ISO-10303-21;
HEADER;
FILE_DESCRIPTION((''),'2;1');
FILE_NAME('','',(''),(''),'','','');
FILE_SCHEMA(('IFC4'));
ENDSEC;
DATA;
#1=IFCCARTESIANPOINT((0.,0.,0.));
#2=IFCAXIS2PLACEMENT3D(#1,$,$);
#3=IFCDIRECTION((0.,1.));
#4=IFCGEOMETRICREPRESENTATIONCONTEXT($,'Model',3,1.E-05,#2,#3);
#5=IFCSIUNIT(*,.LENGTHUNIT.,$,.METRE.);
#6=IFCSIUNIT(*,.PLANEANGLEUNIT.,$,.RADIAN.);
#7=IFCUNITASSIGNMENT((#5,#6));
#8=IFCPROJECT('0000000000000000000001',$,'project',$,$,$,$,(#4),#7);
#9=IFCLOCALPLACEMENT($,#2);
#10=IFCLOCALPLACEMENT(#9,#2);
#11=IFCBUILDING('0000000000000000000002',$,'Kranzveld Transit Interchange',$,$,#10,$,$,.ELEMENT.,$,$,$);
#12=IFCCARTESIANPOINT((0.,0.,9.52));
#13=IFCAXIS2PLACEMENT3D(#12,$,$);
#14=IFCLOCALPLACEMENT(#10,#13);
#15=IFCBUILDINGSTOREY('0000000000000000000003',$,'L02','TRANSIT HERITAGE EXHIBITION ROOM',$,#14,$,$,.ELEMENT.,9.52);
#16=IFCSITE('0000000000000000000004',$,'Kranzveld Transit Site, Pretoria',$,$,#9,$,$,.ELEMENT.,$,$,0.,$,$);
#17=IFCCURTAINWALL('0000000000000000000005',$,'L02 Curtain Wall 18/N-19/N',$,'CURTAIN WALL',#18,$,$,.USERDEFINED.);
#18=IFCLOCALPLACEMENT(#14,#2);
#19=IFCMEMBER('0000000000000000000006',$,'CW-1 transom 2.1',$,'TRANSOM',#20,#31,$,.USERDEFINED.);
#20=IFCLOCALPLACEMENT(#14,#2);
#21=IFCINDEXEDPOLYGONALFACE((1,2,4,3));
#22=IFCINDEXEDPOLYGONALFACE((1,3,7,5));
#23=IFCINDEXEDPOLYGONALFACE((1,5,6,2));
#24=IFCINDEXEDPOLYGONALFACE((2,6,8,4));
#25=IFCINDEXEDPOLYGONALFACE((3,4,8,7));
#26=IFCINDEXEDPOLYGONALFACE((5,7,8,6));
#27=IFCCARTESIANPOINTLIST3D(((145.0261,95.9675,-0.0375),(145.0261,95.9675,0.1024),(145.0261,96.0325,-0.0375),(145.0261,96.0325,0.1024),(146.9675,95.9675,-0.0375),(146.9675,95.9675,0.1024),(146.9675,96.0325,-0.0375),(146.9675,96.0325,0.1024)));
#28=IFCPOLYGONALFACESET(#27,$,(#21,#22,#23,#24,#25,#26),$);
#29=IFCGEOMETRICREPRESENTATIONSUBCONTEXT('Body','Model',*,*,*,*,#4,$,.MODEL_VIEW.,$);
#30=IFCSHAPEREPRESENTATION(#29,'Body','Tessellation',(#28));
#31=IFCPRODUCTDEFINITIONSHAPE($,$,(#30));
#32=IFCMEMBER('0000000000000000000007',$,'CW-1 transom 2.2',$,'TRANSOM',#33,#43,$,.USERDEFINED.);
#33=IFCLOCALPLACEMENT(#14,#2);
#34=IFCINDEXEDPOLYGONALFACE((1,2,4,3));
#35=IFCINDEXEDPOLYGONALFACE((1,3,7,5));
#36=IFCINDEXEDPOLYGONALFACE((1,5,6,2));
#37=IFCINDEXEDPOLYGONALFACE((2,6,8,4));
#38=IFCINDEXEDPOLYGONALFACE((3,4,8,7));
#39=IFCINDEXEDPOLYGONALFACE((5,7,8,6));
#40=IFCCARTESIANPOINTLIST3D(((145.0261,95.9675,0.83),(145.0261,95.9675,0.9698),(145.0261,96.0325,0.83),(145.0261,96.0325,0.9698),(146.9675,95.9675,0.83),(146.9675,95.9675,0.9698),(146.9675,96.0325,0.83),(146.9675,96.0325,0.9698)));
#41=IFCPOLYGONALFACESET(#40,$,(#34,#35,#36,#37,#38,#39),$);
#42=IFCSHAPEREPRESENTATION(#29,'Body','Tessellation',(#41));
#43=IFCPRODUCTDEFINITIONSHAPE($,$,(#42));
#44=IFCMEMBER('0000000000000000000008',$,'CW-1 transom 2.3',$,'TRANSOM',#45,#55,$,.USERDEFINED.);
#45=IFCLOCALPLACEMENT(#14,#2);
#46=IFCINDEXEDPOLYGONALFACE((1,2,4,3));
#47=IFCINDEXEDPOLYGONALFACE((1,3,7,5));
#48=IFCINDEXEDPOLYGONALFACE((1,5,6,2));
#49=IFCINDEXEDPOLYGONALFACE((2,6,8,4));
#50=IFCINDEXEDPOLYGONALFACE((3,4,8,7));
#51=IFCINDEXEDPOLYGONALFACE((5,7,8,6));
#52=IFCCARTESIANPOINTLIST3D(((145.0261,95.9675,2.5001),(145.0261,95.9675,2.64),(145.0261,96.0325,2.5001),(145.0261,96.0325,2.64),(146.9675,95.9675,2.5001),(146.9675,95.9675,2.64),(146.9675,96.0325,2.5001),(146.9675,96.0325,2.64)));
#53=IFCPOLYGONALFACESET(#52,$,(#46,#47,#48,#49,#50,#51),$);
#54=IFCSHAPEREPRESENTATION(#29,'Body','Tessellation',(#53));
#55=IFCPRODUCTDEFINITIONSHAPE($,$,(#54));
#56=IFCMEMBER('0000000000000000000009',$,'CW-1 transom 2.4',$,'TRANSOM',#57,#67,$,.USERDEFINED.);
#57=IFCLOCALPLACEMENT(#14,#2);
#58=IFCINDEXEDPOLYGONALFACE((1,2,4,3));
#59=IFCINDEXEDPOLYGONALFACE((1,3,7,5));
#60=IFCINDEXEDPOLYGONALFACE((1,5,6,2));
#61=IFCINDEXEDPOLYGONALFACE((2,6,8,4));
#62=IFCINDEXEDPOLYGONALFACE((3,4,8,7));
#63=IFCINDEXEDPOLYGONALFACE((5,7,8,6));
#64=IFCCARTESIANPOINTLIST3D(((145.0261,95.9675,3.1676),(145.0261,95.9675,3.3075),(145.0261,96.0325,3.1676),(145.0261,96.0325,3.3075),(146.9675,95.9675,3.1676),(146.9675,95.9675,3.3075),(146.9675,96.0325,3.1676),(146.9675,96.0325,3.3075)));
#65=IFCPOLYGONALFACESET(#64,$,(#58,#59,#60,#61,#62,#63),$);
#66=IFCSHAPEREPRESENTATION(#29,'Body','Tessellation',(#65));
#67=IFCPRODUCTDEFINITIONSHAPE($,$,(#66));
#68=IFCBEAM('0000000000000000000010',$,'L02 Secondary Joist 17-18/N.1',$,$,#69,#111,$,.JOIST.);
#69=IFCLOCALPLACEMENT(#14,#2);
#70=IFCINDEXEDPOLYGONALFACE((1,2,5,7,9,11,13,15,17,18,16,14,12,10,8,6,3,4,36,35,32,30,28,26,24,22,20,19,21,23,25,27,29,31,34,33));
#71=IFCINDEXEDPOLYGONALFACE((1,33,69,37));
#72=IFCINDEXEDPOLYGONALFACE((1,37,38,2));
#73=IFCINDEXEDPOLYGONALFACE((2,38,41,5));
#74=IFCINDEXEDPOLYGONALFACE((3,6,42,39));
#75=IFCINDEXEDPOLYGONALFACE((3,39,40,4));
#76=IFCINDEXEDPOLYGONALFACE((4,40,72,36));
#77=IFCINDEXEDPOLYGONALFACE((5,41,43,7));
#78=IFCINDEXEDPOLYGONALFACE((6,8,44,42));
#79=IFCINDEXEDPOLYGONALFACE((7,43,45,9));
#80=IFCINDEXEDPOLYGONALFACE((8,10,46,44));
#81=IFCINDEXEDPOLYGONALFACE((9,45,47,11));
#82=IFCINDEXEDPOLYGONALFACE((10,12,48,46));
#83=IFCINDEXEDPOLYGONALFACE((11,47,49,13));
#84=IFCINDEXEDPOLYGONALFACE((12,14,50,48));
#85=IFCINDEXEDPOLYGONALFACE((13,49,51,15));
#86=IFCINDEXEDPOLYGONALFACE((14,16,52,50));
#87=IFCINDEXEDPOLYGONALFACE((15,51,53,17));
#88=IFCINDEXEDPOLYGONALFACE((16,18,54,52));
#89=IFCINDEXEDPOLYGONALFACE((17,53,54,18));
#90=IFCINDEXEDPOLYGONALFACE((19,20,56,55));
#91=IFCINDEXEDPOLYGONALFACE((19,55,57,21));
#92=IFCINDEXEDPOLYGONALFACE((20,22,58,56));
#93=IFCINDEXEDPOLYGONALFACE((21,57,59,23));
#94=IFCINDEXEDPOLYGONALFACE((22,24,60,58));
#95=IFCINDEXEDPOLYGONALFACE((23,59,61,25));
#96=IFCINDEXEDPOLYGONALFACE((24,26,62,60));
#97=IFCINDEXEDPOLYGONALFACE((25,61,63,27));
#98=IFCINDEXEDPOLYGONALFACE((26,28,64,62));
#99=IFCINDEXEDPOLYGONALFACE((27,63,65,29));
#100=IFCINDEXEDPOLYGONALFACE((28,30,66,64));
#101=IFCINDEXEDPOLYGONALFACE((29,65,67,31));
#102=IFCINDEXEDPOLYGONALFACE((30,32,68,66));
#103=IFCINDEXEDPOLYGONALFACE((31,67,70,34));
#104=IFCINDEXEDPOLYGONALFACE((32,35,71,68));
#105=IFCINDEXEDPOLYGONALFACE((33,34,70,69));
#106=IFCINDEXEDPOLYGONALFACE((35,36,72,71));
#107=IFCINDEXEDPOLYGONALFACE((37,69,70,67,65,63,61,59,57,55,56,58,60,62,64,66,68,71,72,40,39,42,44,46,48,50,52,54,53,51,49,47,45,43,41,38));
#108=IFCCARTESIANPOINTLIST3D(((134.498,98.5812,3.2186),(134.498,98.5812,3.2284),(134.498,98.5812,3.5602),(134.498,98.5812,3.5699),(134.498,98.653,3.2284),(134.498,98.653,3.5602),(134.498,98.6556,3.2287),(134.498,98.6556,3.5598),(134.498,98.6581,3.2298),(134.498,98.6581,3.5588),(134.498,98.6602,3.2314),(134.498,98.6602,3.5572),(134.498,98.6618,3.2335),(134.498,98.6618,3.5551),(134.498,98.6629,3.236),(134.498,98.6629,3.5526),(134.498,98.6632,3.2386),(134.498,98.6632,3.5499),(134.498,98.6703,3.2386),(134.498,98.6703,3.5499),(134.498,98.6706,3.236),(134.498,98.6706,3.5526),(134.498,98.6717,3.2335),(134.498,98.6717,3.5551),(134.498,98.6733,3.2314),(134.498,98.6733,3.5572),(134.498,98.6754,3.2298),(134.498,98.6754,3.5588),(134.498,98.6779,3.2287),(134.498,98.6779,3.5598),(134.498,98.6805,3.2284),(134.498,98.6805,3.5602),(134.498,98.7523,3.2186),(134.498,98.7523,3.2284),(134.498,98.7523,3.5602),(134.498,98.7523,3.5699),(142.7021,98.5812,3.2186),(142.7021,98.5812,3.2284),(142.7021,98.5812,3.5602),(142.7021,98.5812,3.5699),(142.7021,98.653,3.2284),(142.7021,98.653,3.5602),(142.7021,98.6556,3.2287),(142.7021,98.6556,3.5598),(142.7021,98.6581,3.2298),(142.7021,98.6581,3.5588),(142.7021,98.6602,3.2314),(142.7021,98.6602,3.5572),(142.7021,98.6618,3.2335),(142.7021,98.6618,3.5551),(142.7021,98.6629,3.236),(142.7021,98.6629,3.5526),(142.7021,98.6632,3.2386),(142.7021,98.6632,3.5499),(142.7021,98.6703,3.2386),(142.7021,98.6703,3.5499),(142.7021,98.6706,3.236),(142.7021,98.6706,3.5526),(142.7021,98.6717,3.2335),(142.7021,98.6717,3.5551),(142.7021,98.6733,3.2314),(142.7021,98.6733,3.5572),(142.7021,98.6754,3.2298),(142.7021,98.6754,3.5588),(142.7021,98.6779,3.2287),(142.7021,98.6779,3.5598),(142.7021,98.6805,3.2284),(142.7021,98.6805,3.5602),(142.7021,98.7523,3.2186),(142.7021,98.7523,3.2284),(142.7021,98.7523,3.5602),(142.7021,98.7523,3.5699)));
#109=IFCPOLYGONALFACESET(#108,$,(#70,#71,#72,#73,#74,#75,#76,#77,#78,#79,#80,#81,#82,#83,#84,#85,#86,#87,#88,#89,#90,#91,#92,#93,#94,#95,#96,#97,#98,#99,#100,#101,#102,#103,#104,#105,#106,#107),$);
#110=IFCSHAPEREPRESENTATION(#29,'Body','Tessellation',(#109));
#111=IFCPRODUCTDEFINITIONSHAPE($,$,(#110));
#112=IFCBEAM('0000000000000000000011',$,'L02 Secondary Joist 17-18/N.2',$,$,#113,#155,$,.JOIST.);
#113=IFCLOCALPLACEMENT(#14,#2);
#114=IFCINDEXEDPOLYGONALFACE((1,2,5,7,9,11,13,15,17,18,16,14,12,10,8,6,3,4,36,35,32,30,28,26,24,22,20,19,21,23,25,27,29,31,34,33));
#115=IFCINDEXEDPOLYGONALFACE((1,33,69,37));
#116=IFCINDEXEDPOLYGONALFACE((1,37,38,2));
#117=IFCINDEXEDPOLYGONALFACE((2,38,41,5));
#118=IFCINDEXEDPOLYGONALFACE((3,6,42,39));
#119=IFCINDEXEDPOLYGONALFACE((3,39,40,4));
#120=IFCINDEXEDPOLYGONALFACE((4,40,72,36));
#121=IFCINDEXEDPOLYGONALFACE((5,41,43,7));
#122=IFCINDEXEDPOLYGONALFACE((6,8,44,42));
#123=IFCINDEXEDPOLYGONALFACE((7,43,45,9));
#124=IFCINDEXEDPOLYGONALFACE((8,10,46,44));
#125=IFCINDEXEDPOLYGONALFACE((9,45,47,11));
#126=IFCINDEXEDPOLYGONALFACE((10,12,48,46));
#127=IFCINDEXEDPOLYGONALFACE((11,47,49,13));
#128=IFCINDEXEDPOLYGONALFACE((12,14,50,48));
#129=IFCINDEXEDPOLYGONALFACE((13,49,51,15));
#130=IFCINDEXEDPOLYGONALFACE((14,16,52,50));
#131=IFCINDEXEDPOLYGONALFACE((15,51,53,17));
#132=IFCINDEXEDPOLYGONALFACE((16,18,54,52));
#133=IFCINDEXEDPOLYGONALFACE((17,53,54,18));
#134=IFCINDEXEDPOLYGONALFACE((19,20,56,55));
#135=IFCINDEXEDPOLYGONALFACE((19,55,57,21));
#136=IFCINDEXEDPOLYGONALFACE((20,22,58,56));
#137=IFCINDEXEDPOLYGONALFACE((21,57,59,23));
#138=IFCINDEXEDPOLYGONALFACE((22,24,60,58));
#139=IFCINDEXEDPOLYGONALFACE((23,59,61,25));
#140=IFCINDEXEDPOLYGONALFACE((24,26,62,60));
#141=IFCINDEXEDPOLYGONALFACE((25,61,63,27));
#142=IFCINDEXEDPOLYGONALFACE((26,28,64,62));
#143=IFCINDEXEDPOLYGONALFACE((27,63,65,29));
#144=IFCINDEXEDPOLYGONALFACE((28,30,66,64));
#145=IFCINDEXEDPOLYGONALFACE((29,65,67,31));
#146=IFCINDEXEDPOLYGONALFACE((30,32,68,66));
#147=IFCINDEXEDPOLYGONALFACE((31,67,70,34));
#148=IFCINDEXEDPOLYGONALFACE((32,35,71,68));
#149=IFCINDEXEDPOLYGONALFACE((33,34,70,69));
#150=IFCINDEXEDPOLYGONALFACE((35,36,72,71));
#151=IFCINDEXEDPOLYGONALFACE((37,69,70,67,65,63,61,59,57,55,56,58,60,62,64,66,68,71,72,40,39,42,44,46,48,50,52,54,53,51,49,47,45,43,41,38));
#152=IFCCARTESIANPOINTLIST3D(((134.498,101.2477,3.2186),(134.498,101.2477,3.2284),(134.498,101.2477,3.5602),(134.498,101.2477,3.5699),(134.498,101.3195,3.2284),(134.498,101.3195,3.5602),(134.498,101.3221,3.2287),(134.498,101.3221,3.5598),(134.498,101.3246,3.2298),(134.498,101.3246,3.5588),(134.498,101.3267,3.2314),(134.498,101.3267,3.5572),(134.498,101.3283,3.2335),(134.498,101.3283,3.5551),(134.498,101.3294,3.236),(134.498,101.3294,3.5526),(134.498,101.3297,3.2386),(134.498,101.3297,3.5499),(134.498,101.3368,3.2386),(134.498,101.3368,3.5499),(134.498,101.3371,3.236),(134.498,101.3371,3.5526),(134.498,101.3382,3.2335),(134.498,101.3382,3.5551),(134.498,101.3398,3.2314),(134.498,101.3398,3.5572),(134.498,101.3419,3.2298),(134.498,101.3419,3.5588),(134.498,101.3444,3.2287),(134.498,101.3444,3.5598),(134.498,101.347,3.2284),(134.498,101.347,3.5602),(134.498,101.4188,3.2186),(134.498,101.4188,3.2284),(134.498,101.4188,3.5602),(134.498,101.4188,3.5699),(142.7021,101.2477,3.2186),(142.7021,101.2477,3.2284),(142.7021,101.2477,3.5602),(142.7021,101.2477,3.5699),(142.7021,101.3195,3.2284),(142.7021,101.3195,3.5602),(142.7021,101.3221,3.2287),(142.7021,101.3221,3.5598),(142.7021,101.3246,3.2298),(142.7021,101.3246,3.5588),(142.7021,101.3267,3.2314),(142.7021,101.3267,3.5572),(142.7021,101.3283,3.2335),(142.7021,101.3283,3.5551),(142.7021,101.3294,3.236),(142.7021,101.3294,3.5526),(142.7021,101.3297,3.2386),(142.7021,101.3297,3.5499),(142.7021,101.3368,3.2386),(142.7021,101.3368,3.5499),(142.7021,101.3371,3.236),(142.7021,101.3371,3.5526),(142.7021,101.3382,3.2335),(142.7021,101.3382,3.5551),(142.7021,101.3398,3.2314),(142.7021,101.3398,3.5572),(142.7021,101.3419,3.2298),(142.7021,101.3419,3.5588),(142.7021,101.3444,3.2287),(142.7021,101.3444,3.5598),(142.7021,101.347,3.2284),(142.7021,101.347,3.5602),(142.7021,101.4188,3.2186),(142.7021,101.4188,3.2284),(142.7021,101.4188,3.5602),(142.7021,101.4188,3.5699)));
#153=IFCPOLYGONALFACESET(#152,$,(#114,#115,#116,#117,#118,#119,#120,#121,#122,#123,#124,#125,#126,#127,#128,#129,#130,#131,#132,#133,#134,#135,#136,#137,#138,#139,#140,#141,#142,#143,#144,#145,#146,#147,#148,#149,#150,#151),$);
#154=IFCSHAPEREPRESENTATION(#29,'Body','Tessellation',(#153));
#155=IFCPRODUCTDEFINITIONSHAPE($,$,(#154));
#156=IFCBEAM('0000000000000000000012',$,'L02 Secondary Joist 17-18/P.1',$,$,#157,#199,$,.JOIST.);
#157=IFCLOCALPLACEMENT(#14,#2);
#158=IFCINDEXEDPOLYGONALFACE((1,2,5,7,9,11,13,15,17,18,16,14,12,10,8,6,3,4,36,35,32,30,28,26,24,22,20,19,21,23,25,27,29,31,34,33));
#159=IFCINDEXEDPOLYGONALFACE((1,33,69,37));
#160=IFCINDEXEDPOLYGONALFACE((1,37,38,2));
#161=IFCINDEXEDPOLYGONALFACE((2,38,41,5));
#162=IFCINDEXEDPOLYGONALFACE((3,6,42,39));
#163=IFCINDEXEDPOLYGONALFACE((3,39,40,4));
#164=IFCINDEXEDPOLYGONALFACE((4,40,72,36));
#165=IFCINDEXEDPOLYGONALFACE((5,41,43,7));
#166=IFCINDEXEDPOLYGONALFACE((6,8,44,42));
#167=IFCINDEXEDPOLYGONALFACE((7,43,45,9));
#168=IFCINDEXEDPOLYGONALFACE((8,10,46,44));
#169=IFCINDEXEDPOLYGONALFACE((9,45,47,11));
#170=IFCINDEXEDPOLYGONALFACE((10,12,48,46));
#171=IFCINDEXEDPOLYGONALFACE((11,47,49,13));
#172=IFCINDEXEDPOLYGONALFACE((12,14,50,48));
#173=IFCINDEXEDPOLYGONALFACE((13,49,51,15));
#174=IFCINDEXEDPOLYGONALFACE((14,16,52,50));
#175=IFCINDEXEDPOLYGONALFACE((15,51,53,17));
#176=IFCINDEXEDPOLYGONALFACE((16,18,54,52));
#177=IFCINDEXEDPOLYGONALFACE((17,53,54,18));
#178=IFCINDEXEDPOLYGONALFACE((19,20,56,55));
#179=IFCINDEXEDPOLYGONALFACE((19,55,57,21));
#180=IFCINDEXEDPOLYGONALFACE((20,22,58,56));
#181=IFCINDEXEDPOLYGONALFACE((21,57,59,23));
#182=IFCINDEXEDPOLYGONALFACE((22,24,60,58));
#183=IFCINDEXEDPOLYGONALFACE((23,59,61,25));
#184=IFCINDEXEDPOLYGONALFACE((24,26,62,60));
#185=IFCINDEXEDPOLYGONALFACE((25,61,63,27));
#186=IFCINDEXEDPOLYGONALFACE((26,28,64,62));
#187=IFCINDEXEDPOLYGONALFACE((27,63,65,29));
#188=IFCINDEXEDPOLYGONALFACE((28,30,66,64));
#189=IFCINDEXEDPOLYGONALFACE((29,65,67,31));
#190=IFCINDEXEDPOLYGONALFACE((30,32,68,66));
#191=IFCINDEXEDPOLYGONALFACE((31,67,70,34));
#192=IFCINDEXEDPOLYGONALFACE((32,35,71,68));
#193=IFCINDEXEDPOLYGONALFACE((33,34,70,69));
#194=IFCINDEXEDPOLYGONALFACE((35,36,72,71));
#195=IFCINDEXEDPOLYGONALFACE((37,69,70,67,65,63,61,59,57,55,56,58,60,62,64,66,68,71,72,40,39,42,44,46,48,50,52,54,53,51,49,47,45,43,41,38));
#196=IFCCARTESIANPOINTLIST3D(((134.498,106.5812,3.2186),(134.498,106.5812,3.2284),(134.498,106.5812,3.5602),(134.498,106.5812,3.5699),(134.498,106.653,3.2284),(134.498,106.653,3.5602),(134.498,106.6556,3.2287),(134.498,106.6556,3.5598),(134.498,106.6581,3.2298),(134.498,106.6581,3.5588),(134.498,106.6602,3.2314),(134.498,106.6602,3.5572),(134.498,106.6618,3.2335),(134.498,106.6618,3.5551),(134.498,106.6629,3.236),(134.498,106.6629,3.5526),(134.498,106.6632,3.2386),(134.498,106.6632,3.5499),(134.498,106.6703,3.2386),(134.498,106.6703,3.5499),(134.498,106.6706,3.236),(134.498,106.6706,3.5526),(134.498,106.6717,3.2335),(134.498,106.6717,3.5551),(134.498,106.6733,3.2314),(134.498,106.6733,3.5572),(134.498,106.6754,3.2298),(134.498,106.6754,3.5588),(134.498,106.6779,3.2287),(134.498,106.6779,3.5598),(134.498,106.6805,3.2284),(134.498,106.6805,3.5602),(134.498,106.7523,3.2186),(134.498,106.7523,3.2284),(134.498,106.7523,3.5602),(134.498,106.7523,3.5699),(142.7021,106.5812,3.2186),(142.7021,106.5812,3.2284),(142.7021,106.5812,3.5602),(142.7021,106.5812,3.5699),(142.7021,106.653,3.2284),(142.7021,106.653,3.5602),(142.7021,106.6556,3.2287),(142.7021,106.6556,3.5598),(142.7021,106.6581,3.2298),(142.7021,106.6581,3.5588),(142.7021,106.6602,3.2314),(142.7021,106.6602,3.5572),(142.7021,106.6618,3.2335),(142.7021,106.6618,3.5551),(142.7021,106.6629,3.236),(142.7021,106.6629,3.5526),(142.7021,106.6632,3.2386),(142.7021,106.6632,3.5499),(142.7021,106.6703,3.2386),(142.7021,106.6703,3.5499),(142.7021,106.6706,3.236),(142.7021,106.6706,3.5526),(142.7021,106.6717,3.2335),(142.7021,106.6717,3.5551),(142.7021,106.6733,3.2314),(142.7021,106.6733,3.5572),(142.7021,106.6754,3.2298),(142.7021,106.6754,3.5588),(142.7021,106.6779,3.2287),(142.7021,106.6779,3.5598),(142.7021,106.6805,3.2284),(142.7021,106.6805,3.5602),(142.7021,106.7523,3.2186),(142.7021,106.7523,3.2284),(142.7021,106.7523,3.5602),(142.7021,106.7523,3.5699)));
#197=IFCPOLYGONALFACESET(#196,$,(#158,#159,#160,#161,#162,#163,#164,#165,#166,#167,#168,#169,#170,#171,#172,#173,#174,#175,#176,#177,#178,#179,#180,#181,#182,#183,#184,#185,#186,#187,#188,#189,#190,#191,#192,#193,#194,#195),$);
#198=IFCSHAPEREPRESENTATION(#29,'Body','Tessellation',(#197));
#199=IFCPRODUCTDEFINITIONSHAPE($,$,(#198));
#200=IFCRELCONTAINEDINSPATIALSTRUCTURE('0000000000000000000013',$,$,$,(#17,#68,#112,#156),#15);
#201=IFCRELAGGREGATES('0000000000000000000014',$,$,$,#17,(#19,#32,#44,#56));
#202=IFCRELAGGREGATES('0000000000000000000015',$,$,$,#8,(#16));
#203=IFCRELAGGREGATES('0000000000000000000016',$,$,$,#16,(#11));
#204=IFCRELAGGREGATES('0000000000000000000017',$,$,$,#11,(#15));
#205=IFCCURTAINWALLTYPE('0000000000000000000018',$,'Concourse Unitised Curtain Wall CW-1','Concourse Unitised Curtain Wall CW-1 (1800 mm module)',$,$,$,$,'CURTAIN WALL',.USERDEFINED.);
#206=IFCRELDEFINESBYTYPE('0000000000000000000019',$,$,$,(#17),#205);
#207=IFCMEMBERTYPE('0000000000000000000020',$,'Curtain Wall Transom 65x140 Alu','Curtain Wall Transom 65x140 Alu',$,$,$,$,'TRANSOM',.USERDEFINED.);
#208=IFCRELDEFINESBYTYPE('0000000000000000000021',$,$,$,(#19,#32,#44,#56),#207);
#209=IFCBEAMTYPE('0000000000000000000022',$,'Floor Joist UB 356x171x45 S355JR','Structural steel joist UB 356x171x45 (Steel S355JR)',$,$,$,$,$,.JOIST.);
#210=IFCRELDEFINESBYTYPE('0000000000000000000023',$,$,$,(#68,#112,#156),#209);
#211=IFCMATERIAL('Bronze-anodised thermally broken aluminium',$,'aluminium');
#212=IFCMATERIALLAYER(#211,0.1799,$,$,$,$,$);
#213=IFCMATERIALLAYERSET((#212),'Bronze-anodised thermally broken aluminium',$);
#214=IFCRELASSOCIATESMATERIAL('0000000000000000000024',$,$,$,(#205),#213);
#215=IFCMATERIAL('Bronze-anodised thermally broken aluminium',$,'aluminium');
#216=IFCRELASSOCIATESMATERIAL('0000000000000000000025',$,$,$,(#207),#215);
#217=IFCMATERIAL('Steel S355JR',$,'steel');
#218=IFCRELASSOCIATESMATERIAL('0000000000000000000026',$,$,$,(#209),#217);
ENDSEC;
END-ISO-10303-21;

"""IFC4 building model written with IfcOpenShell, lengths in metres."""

from ifc_helpers import new_model, si_unit, direction, frame, origin, origin_2d, place, context, subcontext, project, spatial, rectangle, i_section, extrude, material, layer, layer_set, material_profile, profile_set, type_object, element, aggregate, save


model = new_model("IFC4")

# Units and contexts
model_context = context("Model", 3, precision=1e-05, world=origin(), true_north=direction((0.0, 1.0)))
body_context = subcontext(model_context, "Body", "Model", "MODEL_VIEW")
ifc_project = project(units=[si_unit("LENGTHUNIT", "METRE"), si_unit("PLANEANGLEUNIT", "RADIAN")], contexts=[model_context])

# Site, building, storey
site_placement = place(None, origin())
site = spatial("IfcSite", under=ifc_project, at=site_placement, Name="Kranzveld Transit Site, Pretoria", CompositionType="ELEMENT", RefElevation=0.0)
building_placement = place(site_placement, origin())
building = spatial("IfcBuilding", under=site, at=building_placement, Name="Kranzveld Transit Interchange", CompositionType="ELEMENT")
storey_placement = place(building_placement, frame((0.0, 0.0, 9.52)))
storey = spatial("IfcBuildingStorey", under=building, at=storey_placement, Name="L02", Description="TRANSIT HERITAGE EXHIBITION ROOM", CompositionType="ELEMENT", Elevation=9.52)

# Curtain wall
ifc_material_1 = material(Name="Bronze-anodised thermally broken aluminium", Category="aluminium")
ifc_layer_1 = layer(ifc_material_1, 0.1799)
ifc_layer_set_1 = layer_set([ifc_layer_1], Name="Bronze-anodised thermally broken aluminium")
curtain_wall_type_1 = type_object("IfcCurtainWallType", Name="Concourse Unitised Curtain Wall CW-1", Description="Concourse Unitised Curtain Wall CW-1 (1800 mm module)", ElementType="CURTAIN WALL", PredefinedType="USERDEFINED", material=ifc_layer_set_1)
curtain_wall_1_placement = place(storey_placement, origin())
curtain_wall_1 = element("IfcCurtainWall", 1, at=curtain_wall_1_placement, inside=storey, type_object=curtain_wall_type_1, Name="L02 Curtain Wall 18/N-19/N", ObjectType="CURTAIN WALL", PredefinedType="USERDEFINED")

# Members
ifc_material_2 = material(Name="Bronze-anodised thermally broken aluminium", Category="aluminium")
ifc_material_profile_1 = material_profile(ifc_material_2, rectangle(XDim=0.0649, YDim=0.1399, at=origin_2d()), Name="ALU TRANSOM 65x140")
ifc_profile_set_1 = profile_set([ifc_material_profile_1], Name="Bronze-anodised thermally broken aluminium")
member_type_1 = type_object("IfcMemberType", Name="Curtain Wall Transom 65x140 Alu", Description="Curtain Wall Transom 65x140 Alu", ElementType="TRANSOM", PredefinedType="USERDEFINED", material=ifc_profile_set_1)
member_1_placement = place(storey_placement, frame((145.0261, 96.0, 0.0325), z_axis=(1.0, 0.0, 0.0), x_axis=(0.0, 1.0, 0.0)))
member_1 = element("IfcMember", 2, at=member_1_placement, type_object=member_type_1, Name="CW-1 transom 2.1", ObjectType="TRANSOM", PredefinedType="USERDEFINED", context=body_context, shape_type="SweptSolid", body=[
    extrude(rectangle(XDim=0.0649, YDim=0.1399, at=origin_2d()), origin(), (0.0, 0.0, 1.0), 1.9414),
])
member_2_placement = place(storey_placement, frame((145.0261, 96.0, 0.8999), z_axis=(1.0, 0.0, 0.0), x_axis=(0.0, 1.0, 0.0)))
member_2 = element("IfcMember", 3, at=member_2_placement, type_object=member_type_1, Name="CW-1 transom 2.2", ObjectType="TRANSOM", PredefinedType="USERDEFINED", context=body_context, shape_type="SweptSolid", body=[
    extrude(rectangle(XDim=0.0649, YDim=0.1399, at=origin_2d()), origin(), (0.0, 0.0, 1.0), 1.9414),
])
member_3_placement = place(storey_placement, frame((145.0261, 96.0, 2.5701), z_axis=(1.0, 0.0, 0.0), x_axis=(0.0, 1.0, 0.0)))
member_3 = element("IfcMember", 4, at=member_3_placement, type_object=member_type_1, Name="CW-1 transom 2.3", ObjectType="TRANSOM", PredefinedType="USERDEFINED", context=body_context, shape_type="SweptSolid", body=[
    extrude(rectangle(XDim=0.0649, YDim=0.1399, at=origin_2d()), origin(), (0.0, 0.0, 1.0), 1.9414),
])
member_4_placement = place(storey_placement, frame((145.0261, 96.0, 3.2375), z_axis=(1.0, 0.0, 0.0), x_axis=(0.0, 1.0, 0.0)))
member_4 = element("IfcMember", 5, at=member_4_placement, type_object=member_type_1, Name="CW-1 transom 2.4", ObjectType="TRANSOM", PredefinedType="USERDEFINED", context=body_context, shape_type="SweptSolid", body=[
    extrude(rectangle(XDim=0.0649, YDim=0.1399, at=origin_2d()), origin(), (0.0, 0.0, 1.0), 1.9414),
])

# Beams
ifc_material_3 = material(Name="Steel S355JR", Category="steel")
ifc_material_profile_2 = material_profile(ifc_material_3, i_section(OverallWidth=0.1711, OverallDepth=0.3513, WebThickness=0.0071, FlangeThickness=0.0098, FilletRadius=0.0103, at=origin_2d()), Name="UB 356x171x45")
ifc_profile_set_2 = profile_set([ifc_material_profile_2], Name="Steel S355JR")
beam_type_1 = type_object("IfcBeamType", Name="Floor Joist UB 356x171x45 S355JR", Description="Structural steel joist UB 356x171x45 (Steel S355JR)", PredefinedType="JOIST", material=ifc_profile_set_2)
for number, where, z_axis, x_axis, name in (
    (6, (134.498, 98.6667, 3.3943), (1.0, 0.0, 0.0), (0.0, 1.0, 0.0), "L02 Secondary Joist 17-18/N.1"),
    (7, (134.498, 101.3333, 3.3943), (1.0, 0.0, 0.0), (0.0, 1.0, 0.0), "L02 Secondary Joist 17-18/N.2"),
    (8, (134.498, 106.6667, 3.3943), (1.0, 0.0, 0.0), (0.0, 1.0, 0.0), "L02 Secondary Joist 17-18/P.1"),
):
    element("IfcBeam", number, at=place(storey_placement, frame(where, z_axis=z_axis, x_axis=x_axis)), inside=storey, type_object=beam_type_1, Name=name, PredefinedType="JOIST", context=body_context, shape_type="SweptSolid", body=[
        extrude(i_section(OverallWidth=0.1711, OverallDepth=0.3513, WebThickness=0.0071, FlangeThickness=0.0098, FilletRadius=0.0103, at=origin_2d()), origin(), (0.0, 0.0, 1.0), 8.2041),
    ])

aggregate(curtain_wall_1, [member_1, member_2, member_3, member_4])

save(model, "model.ifc")
